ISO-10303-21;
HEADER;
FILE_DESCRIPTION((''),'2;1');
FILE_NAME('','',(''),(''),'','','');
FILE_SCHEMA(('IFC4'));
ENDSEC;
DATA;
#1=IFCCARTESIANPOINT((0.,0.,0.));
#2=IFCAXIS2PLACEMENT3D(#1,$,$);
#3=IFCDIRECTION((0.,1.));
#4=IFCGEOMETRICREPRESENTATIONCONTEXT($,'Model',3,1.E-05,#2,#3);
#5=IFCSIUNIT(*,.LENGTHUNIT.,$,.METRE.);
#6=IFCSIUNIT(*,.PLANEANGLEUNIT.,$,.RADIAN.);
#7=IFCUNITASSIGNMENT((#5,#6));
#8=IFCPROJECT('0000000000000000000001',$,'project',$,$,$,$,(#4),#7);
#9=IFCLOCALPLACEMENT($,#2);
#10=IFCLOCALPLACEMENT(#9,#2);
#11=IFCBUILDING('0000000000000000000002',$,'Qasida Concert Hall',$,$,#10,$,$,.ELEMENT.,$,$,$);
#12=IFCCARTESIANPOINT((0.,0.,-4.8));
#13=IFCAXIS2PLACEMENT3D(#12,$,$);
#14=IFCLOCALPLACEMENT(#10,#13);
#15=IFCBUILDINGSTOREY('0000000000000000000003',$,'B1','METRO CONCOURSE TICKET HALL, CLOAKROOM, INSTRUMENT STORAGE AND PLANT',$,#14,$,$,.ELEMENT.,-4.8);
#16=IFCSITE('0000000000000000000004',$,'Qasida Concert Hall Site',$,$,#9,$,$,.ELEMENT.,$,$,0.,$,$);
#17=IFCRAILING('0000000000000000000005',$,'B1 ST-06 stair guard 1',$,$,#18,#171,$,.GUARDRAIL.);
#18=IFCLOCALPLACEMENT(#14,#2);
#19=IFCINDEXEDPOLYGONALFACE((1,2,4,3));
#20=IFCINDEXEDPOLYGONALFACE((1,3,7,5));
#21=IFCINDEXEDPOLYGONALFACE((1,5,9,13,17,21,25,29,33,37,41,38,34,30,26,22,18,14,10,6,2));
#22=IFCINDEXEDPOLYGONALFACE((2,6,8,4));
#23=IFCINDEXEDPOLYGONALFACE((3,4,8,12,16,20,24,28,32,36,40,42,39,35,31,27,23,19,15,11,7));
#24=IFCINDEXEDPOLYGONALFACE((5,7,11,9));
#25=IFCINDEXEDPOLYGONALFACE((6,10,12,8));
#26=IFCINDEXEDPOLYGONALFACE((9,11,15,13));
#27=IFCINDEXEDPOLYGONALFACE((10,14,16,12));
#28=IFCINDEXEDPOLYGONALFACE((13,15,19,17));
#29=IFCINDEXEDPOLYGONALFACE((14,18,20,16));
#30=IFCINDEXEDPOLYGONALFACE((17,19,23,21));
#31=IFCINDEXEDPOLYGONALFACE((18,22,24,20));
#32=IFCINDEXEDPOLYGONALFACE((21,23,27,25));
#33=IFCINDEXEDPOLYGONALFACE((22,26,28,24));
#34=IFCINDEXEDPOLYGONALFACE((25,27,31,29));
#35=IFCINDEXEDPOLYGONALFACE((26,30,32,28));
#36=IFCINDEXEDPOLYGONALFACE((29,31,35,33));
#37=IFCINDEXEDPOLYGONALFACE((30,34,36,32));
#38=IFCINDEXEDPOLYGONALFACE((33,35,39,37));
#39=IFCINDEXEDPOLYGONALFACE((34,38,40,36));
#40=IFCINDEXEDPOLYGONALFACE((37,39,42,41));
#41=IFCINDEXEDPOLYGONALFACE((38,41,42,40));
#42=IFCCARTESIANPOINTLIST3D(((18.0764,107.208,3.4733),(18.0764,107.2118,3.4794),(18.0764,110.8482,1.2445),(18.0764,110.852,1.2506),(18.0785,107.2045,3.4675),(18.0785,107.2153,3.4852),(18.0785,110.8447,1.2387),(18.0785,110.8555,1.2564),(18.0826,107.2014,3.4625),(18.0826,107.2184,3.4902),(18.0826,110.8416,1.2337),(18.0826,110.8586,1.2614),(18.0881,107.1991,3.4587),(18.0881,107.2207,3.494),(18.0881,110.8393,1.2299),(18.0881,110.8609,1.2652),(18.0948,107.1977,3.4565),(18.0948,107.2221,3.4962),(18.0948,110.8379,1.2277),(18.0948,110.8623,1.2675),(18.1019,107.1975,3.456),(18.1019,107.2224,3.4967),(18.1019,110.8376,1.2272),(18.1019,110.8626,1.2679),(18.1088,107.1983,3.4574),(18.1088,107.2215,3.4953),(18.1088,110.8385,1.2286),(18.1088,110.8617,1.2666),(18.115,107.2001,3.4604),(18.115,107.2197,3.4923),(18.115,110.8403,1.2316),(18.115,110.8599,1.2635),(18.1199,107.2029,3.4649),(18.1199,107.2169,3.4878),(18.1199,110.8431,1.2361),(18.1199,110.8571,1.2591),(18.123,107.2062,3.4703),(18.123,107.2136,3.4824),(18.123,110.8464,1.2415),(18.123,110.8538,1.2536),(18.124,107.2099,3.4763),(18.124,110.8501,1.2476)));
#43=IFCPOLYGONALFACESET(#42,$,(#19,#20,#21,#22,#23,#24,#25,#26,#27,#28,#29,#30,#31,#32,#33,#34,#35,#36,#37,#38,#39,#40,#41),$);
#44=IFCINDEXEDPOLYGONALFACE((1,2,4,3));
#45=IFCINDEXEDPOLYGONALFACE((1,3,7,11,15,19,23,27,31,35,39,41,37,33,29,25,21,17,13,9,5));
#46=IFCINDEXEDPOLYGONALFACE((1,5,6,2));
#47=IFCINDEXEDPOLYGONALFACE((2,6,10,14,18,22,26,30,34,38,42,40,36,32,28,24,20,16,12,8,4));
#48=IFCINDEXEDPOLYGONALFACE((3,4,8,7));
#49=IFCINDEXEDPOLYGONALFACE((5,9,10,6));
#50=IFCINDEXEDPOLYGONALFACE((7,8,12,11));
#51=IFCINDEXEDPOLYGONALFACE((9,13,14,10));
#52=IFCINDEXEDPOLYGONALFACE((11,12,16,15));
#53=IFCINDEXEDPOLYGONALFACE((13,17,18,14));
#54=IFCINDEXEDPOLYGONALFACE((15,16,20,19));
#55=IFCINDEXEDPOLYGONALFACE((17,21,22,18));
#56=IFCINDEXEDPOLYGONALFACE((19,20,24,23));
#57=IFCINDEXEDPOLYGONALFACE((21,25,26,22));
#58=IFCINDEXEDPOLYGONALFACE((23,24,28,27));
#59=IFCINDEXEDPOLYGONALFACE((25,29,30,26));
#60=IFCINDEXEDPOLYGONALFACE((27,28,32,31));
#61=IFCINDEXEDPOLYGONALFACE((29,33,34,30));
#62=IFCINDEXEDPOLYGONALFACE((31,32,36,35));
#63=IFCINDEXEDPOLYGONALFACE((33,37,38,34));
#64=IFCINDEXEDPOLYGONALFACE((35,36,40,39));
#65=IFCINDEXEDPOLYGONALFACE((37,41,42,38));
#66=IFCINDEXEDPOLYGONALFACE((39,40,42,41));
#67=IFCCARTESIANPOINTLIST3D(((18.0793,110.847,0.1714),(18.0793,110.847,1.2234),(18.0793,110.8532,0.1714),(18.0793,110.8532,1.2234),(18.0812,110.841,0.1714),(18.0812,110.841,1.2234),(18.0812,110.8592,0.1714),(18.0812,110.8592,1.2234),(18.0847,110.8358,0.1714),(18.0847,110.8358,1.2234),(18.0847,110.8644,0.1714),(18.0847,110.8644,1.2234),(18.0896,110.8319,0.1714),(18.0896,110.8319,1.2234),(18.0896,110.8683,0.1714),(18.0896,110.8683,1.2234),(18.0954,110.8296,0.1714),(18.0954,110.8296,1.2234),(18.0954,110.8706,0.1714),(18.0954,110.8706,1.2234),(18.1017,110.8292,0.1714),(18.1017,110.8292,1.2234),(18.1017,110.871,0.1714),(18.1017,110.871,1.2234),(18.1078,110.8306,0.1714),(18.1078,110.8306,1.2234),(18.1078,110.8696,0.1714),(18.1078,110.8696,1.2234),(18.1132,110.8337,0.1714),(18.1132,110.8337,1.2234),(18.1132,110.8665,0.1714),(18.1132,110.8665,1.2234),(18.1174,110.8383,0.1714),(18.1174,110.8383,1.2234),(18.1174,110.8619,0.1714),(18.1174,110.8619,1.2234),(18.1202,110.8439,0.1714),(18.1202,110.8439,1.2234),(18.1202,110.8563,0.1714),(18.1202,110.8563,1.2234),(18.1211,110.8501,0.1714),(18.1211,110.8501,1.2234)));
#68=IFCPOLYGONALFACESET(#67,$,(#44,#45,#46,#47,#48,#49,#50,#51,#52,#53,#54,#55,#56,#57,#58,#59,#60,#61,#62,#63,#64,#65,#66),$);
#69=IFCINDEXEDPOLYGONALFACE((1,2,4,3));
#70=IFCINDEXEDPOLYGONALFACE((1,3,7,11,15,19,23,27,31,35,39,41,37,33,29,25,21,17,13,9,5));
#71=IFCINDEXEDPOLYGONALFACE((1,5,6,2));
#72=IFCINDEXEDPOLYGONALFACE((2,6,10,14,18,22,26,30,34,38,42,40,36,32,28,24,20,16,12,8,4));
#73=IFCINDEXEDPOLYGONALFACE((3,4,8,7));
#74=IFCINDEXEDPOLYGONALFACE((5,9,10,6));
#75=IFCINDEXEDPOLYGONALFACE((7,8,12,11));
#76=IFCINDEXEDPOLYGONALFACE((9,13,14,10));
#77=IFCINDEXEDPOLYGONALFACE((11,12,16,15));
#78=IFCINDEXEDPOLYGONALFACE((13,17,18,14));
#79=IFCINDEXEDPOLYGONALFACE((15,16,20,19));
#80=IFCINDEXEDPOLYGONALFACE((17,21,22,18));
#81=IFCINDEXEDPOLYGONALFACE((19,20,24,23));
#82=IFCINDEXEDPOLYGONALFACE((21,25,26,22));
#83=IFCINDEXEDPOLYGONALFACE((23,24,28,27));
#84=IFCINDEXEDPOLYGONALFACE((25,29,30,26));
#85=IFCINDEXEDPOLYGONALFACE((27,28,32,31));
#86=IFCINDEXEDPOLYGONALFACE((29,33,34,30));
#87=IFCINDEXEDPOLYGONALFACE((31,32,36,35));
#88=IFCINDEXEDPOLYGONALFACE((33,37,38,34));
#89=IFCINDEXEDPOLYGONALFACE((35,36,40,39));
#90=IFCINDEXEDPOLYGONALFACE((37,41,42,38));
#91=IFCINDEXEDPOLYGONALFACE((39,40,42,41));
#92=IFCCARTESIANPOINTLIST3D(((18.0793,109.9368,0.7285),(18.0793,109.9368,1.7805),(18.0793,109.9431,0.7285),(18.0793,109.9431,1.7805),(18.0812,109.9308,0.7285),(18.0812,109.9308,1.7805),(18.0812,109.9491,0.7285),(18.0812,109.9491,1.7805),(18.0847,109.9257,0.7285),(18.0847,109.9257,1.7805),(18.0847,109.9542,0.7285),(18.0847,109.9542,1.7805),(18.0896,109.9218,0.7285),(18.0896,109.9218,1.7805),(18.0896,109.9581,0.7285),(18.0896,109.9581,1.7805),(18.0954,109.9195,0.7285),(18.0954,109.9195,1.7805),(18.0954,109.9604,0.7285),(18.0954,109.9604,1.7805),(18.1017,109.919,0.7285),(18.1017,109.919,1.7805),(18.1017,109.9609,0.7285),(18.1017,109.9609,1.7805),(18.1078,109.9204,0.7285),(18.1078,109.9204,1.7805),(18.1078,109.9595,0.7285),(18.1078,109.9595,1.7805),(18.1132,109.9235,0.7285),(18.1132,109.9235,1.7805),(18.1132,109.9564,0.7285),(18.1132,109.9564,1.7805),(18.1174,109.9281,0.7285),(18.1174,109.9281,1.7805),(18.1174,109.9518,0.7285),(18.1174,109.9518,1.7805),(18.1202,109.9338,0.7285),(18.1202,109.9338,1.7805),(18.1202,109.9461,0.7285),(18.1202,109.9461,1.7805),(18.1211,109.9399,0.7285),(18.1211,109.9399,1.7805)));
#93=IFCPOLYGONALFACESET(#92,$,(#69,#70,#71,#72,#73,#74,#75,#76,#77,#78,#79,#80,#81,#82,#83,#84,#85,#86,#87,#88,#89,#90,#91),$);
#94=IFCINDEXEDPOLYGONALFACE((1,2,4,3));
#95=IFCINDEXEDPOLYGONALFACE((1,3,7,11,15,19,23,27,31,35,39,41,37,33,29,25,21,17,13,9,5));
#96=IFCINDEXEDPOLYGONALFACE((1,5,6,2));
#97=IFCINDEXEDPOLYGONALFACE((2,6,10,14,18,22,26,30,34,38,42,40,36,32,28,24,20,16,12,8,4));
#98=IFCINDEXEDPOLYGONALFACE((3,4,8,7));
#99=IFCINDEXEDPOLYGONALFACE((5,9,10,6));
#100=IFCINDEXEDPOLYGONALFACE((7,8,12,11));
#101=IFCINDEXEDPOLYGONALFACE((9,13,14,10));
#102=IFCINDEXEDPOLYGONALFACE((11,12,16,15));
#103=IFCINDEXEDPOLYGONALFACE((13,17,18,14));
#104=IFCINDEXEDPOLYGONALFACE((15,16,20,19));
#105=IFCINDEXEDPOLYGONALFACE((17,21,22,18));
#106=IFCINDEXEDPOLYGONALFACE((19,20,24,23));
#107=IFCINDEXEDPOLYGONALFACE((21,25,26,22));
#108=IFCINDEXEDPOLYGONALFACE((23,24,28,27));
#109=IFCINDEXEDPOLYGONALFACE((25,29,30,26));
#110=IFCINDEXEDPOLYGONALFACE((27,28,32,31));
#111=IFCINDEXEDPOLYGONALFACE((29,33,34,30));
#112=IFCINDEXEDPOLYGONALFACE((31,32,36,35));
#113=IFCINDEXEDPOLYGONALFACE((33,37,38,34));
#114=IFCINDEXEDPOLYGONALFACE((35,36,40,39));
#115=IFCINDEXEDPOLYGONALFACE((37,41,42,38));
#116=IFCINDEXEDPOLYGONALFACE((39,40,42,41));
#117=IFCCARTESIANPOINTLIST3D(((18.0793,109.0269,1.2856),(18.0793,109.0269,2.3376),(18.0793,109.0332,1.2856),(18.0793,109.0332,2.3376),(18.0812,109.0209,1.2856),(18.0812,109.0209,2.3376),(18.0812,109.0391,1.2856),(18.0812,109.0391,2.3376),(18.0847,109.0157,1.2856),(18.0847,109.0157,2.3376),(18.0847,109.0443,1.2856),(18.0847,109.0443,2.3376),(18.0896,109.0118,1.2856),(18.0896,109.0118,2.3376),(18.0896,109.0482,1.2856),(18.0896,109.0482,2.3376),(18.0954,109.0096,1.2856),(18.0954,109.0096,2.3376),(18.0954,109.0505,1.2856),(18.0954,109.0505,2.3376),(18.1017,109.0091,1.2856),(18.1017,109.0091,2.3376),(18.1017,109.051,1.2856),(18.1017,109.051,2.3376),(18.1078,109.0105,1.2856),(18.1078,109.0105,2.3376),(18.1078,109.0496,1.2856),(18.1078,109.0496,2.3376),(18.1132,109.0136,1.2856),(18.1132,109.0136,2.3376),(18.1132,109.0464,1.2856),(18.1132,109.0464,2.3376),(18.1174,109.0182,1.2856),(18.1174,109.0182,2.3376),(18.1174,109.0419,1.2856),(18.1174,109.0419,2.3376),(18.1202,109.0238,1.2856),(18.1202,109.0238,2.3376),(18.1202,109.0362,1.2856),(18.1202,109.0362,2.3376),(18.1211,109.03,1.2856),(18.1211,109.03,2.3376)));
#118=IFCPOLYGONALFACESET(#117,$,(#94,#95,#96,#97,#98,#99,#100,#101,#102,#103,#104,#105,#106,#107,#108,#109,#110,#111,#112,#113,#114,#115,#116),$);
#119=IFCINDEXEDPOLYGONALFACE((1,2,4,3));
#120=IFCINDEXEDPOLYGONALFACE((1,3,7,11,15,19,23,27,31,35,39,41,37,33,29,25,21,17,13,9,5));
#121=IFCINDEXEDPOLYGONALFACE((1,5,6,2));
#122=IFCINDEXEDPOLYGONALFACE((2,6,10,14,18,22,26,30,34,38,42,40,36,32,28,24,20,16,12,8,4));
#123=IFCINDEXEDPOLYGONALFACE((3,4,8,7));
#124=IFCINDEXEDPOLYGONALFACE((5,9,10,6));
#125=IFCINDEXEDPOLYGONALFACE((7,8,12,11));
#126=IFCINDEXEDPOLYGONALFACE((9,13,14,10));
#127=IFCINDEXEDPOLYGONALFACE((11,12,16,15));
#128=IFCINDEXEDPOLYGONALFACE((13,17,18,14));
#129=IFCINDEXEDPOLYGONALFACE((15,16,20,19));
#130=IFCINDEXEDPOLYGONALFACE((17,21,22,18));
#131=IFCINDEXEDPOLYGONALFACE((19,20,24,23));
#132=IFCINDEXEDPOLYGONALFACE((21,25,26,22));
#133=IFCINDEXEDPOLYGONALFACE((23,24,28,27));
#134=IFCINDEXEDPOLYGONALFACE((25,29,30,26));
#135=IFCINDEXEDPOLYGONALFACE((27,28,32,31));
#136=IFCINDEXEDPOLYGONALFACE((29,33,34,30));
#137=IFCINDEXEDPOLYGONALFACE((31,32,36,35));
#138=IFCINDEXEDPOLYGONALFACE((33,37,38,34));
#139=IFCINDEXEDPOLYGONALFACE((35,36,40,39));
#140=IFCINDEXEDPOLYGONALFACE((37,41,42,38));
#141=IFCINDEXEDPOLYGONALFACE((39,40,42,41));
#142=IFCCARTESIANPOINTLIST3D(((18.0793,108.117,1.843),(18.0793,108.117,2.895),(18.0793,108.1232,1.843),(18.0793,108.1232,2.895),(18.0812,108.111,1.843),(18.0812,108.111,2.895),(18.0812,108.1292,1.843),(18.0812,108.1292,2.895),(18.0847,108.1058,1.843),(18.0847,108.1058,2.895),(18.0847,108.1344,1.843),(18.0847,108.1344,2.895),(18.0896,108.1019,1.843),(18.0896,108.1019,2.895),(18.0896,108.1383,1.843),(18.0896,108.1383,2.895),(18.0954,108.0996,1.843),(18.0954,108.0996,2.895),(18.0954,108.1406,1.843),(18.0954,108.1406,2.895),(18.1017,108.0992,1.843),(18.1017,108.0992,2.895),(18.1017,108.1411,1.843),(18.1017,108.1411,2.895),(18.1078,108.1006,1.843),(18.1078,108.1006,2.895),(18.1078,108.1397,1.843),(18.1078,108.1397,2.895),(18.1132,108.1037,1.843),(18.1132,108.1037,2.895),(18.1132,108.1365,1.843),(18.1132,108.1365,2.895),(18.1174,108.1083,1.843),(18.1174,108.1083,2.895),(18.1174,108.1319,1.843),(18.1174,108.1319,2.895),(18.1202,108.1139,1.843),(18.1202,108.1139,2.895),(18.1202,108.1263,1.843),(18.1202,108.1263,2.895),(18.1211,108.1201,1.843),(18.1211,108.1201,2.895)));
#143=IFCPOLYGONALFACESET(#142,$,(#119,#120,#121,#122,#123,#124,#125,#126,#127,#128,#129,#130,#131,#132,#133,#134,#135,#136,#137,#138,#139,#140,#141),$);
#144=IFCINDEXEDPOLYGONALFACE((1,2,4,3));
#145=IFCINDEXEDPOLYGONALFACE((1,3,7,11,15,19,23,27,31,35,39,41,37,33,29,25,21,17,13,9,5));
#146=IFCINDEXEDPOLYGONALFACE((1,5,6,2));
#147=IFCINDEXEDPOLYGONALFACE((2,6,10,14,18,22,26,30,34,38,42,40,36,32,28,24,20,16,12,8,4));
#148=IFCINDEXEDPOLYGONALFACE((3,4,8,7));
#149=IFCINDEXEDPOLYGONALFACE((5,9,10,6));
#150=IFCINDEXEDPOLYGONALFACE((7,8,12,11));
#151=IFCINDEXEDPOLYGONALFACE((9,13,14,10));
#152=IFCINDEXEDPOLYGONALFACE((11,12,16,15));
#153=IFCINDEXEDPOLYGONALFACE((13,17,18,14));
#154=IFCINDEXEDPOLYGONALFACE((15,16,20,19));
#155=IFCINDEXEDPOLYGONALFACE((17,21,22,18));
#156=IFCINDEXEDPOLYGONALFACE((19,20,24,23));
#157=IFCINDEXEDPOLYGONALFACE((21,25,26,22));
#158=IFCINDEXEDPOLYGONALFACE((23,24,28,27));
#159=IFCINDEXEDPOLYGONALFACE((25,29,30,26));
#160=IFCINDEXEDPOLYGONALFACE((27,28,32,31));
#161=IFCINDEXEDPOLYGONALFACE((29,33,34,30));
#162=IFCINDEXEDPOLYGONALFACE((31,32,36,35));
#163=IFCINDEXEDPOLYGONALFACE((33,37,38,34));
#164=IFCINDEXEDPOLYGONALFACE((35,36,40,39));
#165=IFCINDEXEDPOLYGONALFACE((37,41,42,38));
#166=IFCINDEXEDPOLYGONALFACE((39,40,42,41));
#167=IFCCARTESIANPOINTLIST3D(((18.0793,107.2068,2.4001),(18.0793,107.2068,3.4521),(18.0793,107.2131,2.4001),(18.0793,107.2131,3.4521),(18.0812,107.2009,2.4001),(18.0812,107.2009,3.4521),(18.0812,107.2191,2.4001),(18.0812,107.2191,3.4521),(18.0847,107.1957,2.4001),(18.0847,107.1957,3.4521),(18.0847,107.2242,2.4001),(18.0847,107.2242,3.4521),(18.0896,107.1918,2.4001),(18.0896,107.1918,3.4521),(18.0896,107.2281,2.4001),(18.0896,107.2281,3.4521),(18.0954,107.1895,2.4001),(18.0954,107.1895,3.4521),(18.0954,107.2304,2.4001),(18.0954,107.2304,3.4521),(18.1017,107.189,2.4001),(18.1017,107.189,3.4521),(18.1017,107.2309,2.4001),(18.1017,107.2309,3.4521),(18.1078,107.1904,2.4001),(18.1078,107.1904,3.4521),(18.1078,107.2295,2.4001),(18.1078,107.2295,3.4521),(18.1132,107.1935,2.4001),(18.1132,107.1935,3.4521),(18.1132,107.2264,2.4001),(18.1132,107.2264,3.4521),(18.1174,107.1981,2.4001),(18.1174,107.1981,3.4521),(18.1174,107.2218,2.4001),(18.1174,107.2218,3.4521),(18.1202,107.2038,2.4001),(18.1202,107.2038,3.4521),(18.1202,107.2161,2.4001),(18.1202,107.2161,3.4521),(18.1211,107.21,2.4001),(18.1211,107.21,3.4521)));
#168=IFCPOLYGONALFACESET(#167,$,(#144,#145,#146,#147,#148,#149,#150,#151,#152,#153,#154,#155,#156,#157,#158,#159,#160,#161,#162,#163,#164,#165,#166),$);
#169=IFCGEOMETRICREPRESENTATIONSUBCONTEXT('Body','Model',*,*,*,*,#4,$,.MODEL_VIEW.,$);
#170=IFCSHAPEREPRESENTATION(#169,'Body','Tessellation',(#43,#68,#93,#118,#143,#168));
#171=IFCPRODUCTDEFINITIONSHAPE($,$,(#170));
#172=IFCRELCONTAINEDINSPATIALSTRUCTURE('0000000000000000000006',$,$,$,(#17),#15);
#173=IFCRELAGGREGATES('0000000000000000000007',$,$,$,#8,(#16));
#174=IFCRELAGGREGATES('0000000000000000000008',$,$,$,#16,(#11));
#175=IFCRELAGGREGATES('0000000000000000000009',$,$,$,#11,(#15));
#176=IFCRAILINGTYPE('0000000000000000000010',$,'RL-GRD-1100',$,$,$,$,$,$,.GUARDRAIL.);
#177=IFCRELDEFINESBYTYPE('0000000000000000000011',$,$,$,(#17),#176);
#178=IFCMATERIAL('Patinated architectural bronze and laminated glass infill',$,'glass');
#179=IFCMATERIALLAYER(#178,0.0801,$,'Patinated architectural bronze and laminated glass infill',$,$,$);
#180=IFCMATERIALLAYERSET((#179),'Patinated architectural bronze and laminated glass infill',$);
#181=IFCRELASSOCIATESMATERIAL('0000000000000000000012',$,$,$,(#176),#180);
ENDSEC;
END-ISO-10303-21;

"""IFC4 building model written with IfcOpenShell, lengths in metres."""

from ifc_helpers import new_model, si_unit, direction, frame, origin, origin_2d, place, context, subcontext, project, spatial, circle, extrude, material, layer, layer_set, type_object, element, save


model = new_model("IFC4")

# Units and contexts
model_context = context("Model", 3, precision=1e-05, world=origin(), true_north=direction((0.0, 1.0)))
body_context = subcontext(model_context, "Body", "Model", "MODEL_VIEW")
ifc_project = project(units=[si_unit("LENGTHUNIT", "METRE"), si_unit("PLANEANGLEUNIT", "RADIAN")], contexts=[model_context])

# Site, building, storey
site_placement = place(None, origin())
site = spatial("IfcSite", under=ifc_project, at=site_placement, Name="Qasida Concert Hall Site", CompositionType="ELEMENT", RefElevation=0.0)
building_placement = place(site_placement, origin())
building = spatial("IfcBuilding", under=site, at=building_placement, Name="Qasida Concert Hall", CompositionType="ELEMENT")
storey_placement = place(building_placement, frame((0.0, 0.0, -4.8)))
storey = spatial("IfcBuildingStorey", under=building, at=storey_placement, Name="B1", Description="METRO CONCOURSE TICKET HALL, CLOAKROOM, INSTRUMENT STORAGE AND PLANT", CompositionType="ELEMENT", Elevation=-4.8)

# Railing
ifc_material_1 = material(Name="Patinated architectural bronze and laminated glass infill", Category="glass")
ifc_layer_1 = layer(ifc_material_1, 0.0801, Name="Patinated architectural bronze and laminated glass infill")
ifc_layer_set_1 = layer_set([ifc_layer_1], Name="Patinated architectural bronze and laminated glass infill")
railing_type_1 = type_object("IfcRailingType", Name="RL-GRD-1100", PredefinedType="GUARDRAIL", material=ifc_layer_set_1)
railing_1_placement = place(storey_placement, frame((18.1001, 110.8501, 0.1714)))
element("IfcRailing", 1, at=railing_1_placement, inside=storey, type_object=railing_type_1, Name="B1 ST-06 stair guard 1", PredefinedType="GUARDRAIL", context=body_context, shape_type="SweptSolid", body=[
    extrude(circle(Radius=0.0239, at=origin_2d()), frame((0.0, 0.0, 1.0762), z_axis=(0.0, -0.85284, 0.522172), x_axis=(1.0, 0.0, 0.0)), (0.0, 0.0, 1.0), 4.2683),
    extrude(circle(Radius=0.021, at=origin_2d()), origin(), (0.0, 0.0, 1.0), 1.052),
    extrude(circle(Radius=0.021, at=origin_2d()), frame((0.0, -0.9102, 0.5571)), (0.0, 0.0, 1.0), 1.052),
    extrude(circle(Radius=0.021, at=origin_2d()), frame((0.0, -1.8201, 1.1143)), (0.0, 0.0, 1.0), 1.052),
    extrude(circle(Radius=0.021, at=origin_2d()), frame((0.0, -2.73, 1.6716)), (0.0, 0.0, 1.0), 1.052),
    extrude(circle(Radius=0.021, at=origin_2d()), frame((0.0, -3.6401, 2.2288)), (0.0, 0.0, 1.0), 1.052),
])

save(model, "model.ifc")
